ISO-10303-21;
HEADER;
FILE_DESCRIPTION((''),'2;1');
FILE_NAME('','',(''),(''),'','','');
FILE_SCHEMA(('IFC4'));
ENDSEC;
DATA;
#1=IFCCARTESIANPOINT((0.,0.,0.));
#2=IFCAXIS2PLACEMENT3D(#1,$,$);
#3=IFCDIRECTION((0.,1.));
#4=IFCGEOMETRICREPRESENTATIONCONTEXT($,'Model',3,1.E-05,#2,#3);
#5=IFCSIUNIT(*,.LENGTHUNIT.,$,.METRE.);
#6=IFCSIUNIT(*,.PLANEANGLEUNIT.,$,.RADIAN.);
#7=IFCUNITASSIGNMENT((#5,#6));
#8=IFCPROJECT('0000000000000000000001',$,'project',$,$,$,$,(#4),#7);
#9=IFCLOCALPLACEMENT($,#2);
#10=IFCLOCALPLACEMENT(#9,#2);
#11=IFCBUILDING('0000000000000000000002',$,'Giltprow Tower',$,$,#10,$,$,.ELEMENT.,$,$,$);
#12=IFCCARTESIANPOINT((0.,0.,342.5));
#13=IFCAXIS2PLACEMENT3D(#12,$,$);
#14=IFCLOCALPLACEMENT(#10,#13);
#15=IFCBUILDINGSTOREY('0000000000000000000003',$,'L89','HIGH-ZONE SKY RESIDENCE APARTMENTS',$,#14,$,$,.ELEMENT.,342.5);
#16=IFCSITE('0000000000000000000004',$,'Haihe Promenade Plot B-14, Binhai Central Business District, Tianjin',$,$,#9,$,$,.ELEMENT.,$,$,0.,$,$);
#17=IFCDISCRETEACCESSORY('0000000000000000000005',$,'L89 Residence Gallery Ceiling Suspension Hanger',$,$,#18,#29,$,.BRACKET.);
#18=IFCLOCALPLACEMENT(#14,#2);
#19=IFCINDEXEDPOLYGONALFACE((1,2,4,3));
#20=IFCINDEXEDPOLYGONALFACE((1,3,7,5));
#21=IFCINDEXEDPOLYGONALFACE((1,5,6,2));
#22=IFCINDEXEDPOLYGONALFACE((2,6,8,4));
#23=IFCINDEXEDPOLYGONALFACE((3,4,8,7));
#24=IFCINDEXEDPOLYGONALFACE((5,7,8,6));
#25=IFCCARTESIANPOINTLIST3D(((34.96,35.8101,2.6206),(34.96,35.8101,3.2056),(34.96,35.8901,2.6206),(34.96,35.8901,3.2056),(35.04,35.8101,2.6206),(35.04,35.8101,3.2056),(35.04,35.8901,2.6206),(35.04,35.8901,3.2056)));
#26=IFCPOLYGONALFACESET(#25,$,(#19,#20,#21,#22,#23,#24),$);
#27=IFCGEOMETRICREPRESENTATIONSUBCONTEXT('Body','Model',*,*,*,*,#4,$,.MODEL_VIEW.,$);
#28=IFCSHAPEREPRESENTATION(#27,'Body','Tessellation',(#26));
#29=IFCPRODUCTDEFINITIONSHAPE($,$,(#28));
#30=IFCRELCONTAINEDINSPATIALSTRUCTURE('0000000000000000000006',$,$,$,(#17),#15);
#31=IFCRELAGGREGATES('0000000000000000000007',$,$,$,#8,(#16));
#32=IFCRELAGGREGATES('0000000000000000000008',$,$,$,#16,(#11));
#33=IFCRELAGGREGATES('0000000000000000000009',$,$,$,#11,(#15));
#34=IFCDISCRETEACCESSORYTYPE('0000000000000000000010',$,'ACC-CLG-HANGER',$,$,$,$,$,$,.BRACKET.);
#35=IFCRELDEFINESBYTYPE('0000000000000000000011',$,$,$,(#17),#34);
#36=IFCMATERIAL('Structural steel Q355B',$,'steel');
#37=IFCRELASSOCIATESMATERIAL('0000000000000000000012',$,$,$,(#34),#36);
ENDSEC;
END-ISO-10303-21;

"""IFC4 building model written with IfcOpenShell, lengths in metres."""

from ifc_helpers import new_model, si_unit, direction, frame, origin, origin_2d, place, context, subcontext, project, spatial, rectangle, extrude, source, transform, mapped, material, type_object, element, save


model = new_model("IFC4")

# Units and contexts
model_context = context("Model", 3, precision=1e-05, world=origin(), true_north=direction((0.0, 1.0)))
body_context = subcontext(model_context, "Body", "Model", "MODEL_VIEW")
ifc_project = project(units=[si_unit("LENGTHUNIT", "METRE"), si_unit("PLANEANGLEUNIT", "RADIAN")], contexts=[model_context])

# Site, building, storey
site_placement = place(None, origin())
site = spatial("IfcSite", under=ifc_project, at=site_placement, Name="Haihe Promenade Plot B-14, Binhai Central Business District, Tianjin", CompositionType="ELEMENT", RefElevation=0.0)
building_placement = place(site_placement, origin())
building = spatial("IfcBuilding", under=site, at=building_placement, Name="Giltprow Tower", CompositionType="ELEMENT")
storey_placement = place(building_placement, frame((0.0, 0.0, 342.5)))
storey = spatial("IfcBuildingStorey", under=building, at=storey_placement, Name="L89", Description="HIGH-ZONE SKY RESIDENCE APARTMENTS", CompositionType="ELEMENT", Elevation=342.5)

# Shared definitions
ifc_material_1 = material(Name="Structural steel Q355B", Category="steel")

# Discrete accessory
discrete_accessory_type = type_object("IfcDiscreteAccessoryType", Name="ACC-CLG-HANGER", PredefinedType="BRACKET", material=ifc_material_1)
shared_shape_1 = source(origin(), body_context, "Body", "SweptSolid", [
    extrude(rectangle(XDim=0.0801, YDim=0.0801, at=origin_2d()), origin(), (0.0, 0.0, 1.0), 0.585),
])
discrete_accessory_placement = place(storey_placement, frame((35.0, 35.8501, 2.6206), z_axis=(0.0, 0.0, 1.0), x_axis=(1.0, 0.0, 0.0)))
element("IfcDiscreteAccessory", 1, at=discrete_accessory_placement, inside=storey, type_object=discrete_accessory_type, Name="L89 Residence Gallery Ceiling Suspension Hanger", PredefinedType="BRACKET", context=body_context, shape_type="MappedRepresentation", body=[
    mapped(shared_shape_1, transform((0.0, 0.0, 0.0), x_axis=(1.0, 0.0, 0.0), y_axis=(0.0, 1.0, 0.0), z_axis=(0.0, 0.0, 1.0), scale=1.0)),
])

save(model, "model.ifc")
